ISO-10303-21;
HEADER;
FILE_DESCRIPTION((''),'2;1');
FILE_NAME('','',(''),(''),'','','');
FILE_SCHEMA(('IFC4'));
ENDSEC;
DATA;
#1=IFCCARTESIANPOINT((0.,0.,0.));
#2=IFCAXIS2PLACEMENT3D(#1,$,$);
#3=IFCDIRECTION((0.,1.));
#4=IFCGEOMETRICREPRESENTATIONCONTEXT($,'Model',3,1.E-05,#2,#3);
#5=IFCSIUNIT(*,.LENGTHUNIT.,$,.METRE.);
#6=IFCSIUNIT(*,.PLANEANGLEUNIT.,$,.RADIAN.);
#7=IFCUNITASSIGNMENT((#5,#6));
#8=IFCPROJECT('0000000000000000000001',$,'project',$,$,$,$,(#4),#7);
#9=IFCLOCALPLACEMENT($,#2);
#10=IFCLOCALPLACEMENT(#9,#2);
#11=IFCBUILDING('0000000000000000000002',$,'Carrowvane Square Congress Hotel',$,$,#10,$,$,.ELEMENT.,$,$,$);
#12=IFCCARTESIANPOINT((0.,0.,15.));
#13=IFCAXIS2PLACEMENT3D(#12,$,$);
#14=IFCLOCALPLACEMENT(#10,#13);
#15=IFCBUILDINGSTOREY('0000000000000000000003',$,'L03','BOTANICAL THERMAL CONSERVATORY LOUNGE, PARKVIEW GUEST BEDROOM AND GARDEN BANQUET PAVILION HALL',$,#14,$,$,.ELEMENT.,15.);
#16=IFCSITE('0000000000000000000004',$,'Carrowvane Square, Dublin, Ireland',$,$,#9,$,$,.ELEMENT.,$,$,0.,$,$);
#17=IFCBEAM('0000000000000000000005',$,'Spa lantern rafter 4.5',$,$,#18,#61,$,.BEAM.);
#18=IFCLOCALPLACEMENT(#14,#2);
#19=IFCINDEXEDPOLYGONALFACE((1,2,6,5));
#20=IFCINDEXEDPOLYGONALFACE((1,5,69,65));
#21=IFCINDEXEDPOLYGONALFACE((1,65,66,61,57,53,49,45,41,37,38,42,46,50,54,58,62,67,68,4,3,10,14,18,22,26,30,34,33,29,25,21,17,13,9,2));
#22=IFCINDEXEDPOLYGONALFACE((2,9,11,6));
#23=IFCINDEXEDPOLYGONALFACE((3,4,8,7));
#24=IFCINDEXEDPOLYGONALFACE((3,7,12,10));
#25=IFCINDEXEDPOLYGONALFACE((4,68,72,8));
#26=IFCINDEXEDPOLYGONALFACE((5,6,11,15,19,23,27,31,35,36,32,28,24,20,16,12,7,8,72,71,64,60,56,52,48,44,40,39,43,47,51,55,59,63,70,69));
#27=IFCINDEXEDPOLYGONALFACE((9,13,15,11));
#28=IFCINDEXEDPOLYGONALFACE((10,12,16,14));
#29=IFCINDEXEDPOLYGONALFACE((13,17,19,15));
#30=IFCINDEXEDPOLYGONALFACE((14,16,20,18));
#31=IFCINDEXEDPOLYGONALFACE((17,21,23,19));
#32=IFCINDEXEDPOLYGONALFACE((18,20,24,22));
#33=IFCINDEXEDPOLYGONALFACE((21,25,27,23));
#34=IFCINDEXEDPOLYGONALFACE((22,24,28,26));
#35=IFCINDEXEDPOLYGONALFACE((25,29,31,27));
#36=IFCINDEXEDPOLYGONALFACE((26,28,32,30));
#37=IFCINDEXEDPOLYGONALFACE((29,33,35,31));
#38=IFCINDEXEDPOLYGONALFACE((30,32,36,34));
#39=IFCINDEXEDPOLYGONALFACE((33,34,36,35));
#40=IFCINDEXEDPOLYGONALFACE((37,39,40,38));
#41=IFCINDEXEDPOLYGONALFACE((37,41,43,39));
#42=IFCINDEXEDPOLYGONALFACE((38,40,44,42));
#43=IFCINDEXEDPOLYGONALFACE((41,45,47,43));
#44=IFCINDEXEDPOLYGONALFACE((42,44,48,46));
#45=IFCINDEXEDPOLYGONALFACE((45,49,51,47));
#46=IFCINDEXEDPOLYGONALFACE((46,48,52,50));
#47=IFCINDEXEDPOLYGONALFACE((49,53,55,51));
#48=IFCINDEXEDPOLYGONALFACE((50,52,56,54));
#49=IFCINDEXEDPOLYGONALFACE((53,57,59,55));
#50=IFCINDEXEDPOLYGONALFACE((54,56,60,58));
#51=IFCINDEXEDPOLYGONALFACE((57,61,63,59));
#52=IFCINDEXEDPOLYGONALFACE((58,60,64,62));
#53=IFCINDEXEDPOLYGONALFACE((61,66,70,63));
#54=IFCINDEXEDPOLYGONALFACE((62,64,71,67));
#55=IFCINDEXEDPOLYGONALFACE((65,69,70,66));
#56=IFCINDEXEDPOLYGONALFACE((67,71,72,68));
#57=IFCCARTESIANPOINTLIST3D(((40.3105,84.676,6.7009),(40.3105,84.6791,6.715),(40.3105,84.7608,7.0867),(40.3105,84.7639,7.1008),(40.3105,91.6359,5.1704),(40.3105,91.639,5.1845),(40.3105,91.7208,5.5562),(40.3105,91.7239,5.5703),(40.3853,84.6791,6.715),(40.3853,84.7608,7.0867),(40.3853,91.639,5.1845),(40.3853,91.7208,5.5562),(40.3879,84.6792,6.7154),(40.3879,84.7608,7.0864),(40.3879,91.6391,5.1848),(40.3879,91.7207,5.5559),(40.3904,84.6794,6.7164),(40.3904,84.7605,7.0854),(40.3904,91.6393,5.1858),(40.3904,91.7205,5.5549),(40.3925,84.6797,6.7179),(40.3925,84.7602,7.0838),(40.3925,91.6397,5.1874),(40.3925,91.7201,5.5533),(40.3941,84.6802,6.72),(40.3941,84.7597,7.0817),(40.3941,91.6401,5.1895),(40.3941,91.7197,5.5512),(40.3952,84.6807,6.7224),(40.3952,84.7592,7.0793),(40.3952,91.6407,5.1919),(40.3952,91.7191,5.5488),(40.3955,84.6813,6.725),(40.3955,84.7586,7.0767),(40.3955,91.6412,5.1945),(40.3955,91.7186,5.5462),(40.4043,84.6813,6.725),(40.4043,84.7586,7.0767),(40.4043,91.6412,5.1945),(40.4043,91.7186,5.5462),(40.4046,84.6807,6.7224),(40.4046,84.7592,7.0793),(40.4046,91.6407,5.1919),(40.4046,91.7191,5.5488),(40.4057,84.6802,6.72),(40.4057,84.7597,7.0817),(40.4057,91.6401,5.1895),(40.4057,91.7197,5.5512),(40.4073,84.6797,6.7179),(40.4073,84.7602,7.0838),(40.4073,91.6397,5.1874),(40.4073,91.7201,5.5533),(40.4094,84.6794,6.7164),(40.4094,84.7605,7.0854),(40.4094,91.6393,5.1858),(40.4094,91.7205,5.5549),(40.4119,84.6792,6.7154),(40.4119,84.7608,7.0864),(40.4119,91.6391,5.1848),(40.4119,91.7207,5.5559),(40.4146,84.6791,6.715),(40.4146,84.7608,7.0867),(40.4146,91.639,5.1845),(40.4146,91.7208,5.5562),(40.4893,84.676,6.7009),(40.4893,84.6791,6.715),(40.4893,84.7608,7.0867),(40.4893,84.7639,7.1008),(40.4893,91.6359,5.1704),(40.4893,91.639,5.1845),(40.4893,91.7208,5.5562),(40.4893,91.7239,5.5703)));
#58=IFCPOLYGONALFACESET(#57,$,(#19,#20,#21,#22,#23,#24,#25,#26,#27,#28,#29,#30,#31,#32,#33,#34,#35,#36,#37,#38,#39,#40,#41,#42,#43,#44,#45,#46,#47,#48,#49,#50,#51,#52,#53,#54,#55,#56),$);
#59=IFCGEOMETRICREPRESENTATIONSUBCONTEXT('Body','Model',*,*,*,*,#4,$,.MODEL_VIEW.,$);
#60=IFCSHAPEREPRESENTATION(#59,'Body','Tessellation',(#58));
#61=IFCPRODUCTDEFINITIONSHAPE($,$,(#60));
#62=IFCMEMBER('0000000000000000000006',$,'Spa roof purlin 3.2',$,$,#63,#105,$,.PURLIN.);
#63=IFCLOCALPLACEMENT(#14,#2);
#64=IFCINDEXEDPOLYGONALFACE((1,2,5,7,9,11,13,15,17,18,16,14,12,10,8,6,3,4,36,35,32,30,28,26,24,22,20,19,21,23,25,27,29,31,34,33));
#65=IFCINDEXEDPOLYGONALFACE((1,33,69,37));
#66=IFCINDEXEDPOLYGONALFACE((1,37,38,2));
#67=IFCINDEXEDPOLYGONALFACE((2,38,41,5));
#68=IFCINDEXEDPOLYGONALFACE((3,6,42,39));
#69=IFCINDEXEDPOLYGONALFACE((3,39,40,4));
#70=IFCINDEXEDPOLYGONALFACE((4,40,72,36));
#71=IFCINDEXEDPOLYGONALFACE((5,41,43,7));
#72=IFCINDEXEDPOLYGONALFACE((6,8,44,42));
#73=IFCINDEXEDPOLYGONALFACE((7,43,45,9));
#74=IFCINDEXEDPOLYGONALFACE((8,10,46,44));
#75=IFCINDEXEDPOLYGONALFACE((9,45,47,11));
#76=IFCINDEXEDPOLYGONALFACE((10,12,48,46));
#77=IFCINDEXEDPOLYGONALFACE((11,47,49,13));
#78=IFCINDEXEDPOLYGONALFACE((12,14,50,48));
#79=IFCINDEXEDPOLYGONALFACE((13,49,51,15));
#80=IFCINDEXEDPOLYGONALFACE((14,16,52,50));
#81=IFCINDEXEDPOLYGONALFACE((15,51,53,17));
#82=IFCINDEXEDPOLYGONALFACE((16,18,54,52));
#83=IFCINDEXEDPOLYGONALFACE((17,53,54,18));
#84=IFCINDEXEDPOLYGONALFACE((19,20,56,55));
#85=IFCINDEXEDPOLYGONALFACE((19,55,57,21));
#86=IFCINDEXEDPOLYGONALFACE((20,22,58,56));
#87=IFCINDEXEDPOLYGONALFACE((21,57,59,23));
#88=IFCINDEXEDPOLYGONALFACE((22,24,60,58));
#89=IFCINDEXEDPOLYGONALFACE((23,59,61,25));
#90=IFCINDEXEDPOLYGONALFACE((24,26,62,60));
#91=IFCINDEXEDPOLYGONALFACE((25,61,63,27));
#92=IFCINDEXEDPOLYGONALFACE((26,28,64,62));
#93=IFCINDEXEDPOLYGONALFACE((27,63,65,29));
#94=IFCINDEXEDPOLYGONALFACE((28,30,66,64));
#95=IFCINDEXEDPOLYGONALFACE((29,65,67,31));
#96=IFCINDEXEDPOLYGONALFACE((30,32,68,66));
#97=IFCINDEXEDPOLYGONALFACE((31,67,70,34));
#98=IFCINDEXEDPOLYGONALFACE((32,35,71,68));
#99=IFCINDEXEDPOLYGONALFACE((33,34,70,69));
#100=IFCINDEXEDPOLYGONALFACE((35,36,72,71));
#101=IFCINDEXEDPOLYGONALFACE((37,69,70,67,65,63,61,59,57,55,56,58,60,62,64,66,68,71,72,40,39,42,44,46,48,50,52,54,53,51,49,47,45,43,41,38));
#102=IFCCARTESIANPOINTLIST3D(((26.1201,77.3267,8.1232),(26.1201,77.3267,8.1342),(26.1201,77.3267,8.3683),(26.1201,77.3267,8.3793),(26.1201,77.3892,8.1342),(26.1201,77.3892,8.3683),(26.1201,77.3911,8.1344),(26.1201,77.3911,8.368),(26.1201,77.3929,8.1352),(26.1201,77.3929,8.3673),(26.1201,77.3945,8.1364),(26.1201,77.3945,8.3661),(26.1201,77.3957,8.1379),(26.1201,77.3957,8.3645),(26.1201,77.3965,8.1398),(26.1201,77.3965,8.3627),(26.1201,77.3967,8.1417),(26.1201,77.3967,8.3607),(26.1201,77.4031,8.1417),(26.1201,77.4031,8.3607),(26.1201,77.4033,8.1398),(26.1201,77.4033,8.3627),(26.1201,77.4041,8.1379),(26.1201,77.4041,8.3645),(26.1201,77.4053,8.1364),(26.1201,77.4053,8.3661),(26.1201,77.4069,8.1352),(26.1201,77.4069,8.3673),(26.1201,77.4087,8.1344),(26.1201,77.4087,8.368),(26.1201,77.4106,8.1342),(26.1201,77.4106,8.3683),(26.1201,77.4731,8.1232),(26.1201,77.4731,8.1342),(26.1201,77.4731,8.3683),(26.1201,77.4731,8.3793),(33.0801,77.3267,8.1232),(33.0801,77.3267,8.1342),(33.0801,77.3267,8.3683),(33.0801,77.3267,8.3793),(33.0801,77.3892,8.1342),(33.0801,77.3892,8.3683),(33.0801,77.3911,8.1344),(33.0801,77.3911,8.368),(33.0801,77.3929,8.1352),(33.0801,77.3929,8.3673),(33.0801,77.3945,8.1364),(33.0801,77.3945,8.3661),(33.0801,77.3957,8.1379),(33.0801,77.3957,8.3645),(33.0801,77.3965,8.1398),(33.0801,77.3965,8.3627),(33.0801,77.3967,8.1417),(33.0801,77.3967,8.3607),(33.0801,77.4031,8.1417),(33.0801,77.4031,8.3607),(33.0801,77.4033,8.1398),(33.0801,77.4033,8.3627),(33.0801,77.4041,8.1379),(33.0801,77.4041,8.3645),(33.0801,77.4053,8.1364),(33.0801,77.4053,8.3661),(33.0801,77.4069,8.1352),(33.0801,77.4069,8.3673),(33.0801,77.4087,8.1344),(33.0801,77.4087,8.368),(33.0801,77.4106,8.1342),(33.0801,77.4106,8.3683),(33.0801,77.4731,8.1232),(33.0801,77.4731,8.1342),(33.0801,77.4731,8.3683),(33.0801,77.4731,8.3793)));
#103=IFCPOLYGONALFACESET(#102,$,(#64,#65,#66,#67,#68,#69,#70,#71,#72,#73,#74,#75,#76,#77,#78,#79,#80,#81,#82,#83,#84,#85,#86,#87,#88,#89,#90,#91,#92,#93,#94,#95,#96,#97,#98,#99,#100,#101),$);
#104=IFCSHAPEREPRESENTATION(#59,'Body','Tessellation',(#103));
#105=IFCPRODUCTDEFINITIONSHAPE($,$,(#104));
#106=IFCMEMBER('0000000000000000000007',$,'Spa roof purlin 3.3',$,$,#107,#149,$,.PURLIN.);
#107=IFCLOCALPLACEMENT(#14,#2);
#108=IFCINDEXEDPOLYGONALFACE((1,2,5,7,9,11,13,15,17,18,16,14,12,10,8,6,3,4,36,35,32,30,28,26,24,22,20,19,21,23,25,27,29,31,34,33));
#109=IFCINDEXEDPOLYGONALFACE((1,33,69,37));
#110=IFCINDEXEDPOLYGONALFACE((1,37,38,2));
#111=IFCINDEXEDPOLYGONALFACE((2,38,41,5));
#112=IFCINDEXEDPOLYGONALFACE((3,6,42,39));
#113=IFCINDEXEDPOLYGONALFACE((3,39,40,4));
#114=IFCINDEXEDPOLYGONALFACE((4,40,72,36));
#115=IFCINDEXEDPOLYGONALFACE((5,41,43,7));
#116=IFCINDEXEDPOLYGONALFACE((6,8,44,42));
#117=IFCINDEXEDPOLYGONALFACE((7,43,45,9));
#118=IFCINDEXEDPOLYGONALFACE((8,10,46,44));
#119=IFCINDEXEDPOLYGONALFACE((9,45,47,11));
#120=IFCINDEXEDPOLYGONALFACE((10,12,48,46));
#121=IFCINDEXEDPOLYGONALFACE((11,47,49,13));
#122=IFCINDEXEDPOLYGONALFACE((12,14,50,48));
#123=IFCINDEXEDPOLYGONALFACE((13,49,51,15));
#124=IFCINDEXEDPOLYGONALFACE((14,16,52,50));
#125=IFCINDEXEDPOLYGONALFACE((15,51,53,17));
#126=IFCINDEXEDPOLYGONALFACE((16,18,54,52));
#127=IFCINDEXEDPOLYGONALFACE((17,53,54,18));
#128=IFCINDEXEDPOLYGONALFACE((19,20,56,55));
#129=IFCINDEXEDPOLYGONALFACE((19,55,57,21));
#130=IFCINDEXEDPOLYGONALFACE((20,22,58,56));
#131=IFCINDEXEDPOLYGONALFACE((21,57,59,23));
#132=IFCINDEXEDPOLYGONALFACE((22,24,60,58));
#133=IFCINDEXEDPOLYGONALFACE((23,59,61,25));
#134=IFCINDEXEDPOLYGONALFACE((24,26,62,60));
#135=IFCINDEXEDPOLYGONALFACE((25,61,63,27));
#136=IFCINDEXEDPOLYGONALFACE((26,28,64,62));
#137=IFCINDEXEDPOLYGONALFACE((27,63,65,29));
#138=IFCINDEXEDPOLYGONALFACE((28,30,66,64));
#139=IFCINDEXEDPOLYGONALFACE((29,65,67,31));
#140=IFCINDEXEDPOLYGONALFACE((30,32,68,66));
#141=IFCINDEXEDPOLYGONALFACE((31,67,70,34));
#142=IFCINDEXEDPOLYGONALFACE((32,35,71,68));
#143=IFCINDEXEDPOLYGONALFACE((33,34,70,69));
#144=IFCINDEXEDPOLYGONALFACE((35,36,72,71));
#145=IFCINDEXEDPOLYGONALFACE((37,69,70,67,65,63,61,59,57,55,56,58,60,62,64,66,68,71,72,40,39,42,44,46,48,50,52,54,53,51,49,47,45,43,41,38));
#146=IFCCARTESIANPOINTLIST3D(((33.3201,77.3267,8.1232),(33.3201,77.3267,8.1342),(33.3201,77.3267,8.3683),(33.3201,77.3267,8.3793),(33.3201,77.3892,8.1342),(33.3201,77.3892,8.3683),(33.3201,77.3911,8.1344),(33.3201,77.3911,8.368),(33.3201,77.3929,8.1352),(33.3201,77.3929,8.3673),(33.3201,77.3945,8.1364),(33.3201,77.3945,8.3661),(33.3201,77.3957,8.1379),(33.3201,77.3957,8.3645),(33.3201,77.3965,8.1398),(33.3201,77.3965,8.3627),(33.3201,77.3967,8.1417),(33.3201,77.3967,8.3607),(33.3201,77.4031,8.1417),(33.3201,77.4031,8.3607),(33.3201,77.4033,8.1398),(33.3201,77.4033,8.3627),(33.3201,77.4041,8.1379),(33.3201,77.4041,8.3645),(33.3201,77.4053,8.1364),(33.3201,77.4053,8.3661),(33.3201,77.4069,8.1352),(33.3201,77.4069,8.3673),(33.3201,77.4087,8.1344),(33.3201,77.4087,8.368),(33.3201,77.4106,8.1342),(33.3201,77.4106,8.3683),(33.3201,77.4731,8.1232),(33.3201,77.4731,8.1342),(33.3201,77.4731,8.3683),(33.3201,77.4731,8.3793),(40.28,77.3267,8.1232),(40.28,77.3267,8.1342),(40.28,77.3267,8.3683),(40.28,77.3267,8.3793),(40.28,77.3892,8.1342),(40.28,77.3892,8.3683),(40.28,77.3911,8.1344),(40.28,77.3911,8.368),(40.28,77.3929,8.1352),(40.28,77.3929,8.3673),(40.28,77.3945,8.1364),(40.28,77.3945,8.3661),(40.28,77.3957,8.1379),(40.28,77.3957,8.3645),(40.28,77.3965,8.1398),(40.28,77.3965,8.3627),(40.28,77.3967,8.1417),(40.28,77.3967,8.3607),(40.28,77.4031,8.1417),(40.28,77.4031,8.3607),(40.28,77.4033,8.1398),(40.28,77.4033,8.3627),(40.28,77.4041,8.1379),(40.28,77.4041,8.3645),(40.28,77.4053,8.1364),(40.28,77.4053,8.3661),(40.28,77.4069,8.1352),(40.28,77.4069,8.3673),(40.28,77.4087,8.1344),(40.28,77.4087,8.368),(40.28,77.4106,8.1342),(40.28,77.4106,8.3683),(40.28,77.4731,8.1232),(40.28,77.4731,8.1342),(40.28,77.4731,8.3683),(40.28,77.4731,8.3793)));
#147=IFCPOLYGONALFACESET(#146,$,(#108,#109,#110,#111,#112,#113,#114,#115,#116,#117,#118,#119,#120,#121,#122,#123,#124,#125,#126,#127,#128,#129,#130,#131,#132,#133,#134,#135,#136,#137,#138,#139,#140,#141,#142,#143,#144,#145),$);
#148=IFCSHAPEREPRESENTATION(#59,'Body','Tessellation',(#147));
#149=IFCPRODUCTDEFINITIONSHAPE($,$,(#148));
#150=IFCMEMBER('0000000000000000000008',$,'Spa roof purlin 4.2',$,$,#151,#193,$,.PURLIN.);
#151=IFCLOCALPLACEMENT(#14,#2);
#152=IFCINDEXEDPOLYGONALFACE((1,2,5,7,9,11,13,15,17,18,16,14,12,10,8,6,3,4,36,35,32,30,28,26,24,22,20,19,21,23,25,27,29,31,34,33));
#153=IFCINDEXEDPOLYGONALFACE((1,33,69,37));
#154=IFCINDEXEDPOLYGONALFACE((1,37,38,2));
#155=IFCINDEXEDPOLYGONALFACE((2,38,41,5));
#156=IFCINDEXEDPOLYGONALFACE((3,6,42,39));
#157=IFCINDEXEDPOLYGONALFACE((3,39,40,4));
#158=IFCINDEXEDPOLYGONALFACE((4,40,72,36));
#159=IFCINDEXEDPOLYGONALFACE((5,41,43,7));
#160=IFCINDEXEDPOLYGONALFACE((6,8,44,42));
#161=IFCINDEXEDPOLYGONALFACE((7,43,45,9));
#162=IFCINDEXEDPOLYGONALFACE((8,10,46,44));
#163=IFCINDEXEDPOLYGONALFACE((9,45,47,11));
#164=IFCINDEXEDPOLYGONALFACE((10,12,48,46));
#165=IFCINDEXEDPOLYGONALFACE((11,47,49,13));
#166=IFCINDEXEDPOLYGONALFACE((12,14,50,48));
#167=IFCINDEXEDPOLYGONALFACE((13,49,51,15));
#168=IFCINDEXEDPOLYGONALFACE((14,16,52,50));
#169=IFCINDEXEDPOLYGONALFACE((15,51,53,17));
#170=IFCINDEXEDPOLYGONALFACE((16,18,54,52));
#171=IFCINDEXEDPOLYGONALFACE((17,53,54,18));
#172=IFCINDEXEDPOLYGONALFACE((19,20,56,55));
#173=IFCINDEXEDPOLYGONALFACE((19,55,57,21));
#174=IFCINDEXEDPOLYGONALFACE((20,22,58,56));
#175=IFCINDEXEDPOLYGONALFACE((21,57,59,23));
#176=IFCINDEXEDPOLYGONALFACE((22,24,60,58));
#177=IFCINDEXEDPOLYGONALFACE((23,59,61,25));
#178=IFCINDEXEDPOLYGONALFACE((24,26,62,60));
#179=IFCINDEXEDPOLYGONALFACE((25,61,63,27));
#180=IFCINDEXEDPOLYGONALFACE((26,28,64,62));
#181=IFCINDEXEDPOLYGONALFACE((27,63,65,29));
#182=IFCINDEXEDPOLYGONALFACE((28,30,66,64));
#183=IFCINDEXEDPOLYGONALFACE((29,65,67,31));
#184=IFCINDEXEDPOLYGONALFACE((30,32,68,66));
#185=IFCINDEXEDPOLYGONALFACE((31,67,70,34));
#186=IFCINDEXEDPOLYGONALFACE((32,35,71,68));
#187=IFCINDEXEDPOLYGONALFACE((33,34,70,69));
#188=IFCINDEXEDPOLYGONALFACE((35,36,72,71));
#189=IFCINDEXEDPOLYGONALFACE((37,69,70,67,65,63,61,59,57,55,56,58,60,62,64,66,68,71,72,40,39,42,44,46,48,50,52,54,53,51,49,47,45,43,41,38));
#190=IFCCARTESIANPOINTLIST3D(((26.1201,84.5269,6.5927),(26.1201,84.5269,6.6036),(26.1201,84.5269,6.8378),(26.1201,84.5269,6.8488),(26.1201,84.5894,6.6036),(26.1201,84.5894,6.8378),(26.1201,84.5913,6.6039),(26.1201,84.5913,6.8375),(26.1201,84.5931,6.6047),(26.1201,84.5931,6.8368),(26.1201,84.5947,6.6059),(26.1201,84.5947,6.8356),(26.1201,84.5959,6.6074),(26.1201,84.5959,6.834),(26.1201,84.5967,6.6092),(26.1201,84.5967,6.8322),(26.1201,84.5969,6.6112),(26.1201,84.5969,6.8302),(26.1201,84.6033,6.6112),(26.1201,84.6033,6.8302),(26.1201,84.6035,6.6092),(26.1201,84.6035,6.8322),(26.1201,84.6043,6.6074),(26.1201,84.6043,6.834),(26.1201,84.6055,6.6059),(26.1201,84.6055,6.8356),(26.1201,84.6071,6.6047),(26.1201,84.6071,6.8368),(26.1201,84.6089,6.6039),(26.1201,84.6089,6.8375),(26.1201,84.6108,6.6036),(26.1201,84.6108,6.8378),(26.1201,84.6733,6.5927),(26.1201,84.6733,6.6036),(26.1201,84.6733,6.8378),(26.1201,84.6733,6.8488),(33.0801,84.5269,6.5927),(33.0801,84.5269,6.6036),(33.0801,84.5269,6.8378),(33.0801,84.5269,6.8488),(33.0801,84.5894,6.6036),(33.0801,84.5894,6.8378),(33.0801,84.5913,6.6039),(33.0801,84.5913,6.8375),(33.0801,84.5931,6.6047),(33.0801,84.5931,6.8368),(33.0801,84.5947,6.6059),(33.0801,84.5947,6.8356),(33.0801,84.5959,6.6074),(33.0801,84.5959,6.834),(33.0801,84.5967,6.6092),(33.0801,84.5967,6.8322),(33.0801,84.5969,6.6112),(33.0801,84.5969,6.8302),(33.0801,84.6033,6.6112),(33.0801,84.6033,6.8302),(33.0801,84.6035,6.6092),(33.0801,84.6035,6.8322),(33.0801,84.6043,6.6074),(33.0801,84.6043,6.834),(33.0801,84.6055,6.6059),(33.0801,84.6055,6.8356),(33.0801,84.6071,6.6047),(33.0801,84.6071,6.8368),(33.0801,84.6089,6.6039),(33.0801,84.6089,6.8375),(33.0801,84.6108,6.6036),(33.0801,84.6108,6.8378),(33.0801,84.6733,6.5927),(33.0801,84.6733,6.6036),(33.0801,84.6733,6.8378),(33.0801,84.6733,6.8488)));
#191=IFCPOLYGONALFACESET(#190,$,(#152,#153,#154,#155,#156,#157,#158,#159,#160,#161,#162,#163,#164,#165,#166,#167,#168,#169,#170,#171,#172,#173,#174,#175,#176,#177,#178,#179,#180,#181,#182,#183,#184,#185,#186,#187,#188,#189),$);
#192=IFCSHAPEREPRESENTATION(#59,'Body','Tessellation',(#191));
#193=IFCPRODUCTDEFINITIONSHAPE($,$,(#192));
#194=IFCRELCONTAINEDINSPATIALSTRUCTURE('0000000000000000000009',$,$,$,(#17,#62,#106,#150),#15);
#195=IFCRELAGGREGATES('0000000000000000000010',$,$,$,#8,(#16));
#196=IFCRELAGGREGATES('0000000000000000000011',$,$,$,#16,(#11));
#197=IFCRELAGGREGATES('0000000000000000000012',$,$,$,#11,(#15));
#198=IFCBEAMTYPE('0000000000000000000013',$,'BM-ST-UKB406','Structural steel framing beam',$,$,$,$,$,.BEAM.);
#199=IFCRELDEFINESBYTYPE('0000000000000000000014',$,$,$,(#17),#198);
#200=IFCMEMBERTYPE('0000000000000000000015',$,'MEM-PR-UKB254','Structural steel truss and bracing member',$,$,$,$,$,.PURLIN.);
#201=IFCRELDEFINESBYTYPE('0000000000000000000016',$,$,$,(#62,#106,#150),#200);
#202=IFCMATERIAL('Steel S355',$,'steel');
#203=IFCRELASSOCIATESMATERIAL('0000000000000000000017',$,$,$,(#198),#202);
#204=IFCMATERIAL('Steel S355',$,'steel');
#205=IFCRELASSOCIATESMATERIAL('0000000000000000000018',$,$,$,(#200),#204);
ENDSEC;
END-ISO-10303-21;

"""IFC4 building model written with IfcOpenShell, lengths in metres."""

from ifc_helpers import new_model, si_unit, direction, frame, origin, origin_2d, place, context, subcontext, project, spatial, i_section, extrude, material, material_profile, profile_set, type_object, element, save


model = new_model("IFC4")

# Units and contexts
model_context = context("Model", 3, precision=1e-05, world=origin(), true_north=direction((0.0, 1.0)))
body_context = subcontext(model_context, "Body", "Model", "MODEL_VIEW")
ifc_project = project(units=[si_unit("LENGTHUNIT", "METRE"), si_unit("PLANEANGLEUNIT", "RADIAN")], contexts=[model_context])

# Site, building, storey
site_placement = place(None, origin())
site = spatial("IfcSite", under=ifc_project, at=site_placement, Name="Carrowvane Square, Dublin, Ireland", CompositionType="ELEMENT", RefElevation=0.0)
building_placement = place(site_placement, origin())
building = spatial("IfcBuilding", under=site, at=building_placement, Name="Carrowvane Square Congress Hotel", CompositionType="ELEMENT")
storey_placement = place(building_placement, frame((0.0, 0.0, 15.0)))
storey = spatial("IfcBuildingStorey", under=building, at=storey_placement, Name="L03", Description="BOTANICAL THERMAL CONSERVATORY LOUNGE, PARKVIEW GUEST BEDROOM AND GARDEN BANQUET PAVILION HALL", CompositionType="ELEMENT", Elevation=15.0)

# Beam
ifc_material_1 = material(Name="Steel S355", Category="steel")
ifc_material_profile_1 = material_profile(ifc_material_1, i_section(OverallWidth=0.1787, OverallDepth=0.4094, WebThickness=0.0088, FlangeThickness=0.0144, FilletRadius=0.0103, at=origin_2d()), Name="UKB 406x178x67")
ifc_profile_set_1 = profile_set([ifc_material_profile_1], Name="Steel S355")
beam_type_1 = type_object("IfcBeamType", Name="BM-ST-UKB406", Description="Structural steel framing beam", PredefinedType="BEAM", material=ifc_profile_set_1)
for number, where, z_axis, x_axis, name in (
    (1, (40.3999, 84.72, 6.9009), (0.0, 0.976664, -0.214772), (-1.0, 0.0, 0.0), "Spa lantern rafter 4.5"),
):
    element("IfcBeam", number, at=place(storey_placement, frame(where, z_axis=z_axis, x_axis=x_axis)), inside=storey, type_object=beam_type_1, Name=name, PredefinedType="BEAM", context=body_context, shape_type="SweptSolid", body=[
        extrude(i_section(OverallWidth=0.1787, OverallDepth=0.4094, WebThickness=0.0088, FlangeThickness=0.0144, FilletRadius=0.0103, at=origin_2d()), origin(), (0.0, 0.0, 1.0), 7.1262),
    ])

# Members
ifc_material_2 = material(Name="Steel S355", Category="steel")
ifc_material_profile_2 = material_profile(ifc_material_2, i_section(OverallWidth=0.1465, OverallDepth=0.2561, WebThickness=0.0063, FlangeThickness=0.011, FilletRadius=0.0076, at=origin_2d()), Name="UKB 254x146x37")
ifc_profile_set_2 = profile_set([ifc_material_profile_2], Name="Steel S355")
member_type = type_object("IfcMemberType", Name="MEM-PR-UKB254", Description="Structural steel truss and bracing member", PredefinedType="PURLIN", material=ifc_profile_set_2)
for number, where, z_axis, x_axis, name in (
    (2, (26.1201, 77.3999, 8.2512), (1.0, 0.0, 0.0), (0.0, 1.0, 0.0), "Spa roof purlin 3.2"),
    (3, (33.3201, 77.3999, 8.2512), (1.0, 0.0, 0.0), (0.0, 1.0, 0.0), "Spa roof purlin 3.3"),
    (4, (26.1201, 84.6001, 6.7207), (1.0, 0.0, 0.0), (0.0, 1.0, 0.0), "Spa roof purlin 4.2"),
):
    element("IfcMember", number, at=place(storey_placement, frame(where, z_axis=z_axis, x_axis=x_axis)), inside=storey, type_object=member_type, Name=name, PredefinedType="PURLIN", context=body_context, shape_type="SweptSolid", body=[
        extrude(i_section(OverallWidth=0.1465, OverallDepth=0.2561, WebThickness=0.0063, FlangeThickness=0.011, FilletRadius=0.0076, at=origin_2d()), origin(), (0.0, 0.0, 1.0), 6.96),
    ])

save(model, "model.ifc")
